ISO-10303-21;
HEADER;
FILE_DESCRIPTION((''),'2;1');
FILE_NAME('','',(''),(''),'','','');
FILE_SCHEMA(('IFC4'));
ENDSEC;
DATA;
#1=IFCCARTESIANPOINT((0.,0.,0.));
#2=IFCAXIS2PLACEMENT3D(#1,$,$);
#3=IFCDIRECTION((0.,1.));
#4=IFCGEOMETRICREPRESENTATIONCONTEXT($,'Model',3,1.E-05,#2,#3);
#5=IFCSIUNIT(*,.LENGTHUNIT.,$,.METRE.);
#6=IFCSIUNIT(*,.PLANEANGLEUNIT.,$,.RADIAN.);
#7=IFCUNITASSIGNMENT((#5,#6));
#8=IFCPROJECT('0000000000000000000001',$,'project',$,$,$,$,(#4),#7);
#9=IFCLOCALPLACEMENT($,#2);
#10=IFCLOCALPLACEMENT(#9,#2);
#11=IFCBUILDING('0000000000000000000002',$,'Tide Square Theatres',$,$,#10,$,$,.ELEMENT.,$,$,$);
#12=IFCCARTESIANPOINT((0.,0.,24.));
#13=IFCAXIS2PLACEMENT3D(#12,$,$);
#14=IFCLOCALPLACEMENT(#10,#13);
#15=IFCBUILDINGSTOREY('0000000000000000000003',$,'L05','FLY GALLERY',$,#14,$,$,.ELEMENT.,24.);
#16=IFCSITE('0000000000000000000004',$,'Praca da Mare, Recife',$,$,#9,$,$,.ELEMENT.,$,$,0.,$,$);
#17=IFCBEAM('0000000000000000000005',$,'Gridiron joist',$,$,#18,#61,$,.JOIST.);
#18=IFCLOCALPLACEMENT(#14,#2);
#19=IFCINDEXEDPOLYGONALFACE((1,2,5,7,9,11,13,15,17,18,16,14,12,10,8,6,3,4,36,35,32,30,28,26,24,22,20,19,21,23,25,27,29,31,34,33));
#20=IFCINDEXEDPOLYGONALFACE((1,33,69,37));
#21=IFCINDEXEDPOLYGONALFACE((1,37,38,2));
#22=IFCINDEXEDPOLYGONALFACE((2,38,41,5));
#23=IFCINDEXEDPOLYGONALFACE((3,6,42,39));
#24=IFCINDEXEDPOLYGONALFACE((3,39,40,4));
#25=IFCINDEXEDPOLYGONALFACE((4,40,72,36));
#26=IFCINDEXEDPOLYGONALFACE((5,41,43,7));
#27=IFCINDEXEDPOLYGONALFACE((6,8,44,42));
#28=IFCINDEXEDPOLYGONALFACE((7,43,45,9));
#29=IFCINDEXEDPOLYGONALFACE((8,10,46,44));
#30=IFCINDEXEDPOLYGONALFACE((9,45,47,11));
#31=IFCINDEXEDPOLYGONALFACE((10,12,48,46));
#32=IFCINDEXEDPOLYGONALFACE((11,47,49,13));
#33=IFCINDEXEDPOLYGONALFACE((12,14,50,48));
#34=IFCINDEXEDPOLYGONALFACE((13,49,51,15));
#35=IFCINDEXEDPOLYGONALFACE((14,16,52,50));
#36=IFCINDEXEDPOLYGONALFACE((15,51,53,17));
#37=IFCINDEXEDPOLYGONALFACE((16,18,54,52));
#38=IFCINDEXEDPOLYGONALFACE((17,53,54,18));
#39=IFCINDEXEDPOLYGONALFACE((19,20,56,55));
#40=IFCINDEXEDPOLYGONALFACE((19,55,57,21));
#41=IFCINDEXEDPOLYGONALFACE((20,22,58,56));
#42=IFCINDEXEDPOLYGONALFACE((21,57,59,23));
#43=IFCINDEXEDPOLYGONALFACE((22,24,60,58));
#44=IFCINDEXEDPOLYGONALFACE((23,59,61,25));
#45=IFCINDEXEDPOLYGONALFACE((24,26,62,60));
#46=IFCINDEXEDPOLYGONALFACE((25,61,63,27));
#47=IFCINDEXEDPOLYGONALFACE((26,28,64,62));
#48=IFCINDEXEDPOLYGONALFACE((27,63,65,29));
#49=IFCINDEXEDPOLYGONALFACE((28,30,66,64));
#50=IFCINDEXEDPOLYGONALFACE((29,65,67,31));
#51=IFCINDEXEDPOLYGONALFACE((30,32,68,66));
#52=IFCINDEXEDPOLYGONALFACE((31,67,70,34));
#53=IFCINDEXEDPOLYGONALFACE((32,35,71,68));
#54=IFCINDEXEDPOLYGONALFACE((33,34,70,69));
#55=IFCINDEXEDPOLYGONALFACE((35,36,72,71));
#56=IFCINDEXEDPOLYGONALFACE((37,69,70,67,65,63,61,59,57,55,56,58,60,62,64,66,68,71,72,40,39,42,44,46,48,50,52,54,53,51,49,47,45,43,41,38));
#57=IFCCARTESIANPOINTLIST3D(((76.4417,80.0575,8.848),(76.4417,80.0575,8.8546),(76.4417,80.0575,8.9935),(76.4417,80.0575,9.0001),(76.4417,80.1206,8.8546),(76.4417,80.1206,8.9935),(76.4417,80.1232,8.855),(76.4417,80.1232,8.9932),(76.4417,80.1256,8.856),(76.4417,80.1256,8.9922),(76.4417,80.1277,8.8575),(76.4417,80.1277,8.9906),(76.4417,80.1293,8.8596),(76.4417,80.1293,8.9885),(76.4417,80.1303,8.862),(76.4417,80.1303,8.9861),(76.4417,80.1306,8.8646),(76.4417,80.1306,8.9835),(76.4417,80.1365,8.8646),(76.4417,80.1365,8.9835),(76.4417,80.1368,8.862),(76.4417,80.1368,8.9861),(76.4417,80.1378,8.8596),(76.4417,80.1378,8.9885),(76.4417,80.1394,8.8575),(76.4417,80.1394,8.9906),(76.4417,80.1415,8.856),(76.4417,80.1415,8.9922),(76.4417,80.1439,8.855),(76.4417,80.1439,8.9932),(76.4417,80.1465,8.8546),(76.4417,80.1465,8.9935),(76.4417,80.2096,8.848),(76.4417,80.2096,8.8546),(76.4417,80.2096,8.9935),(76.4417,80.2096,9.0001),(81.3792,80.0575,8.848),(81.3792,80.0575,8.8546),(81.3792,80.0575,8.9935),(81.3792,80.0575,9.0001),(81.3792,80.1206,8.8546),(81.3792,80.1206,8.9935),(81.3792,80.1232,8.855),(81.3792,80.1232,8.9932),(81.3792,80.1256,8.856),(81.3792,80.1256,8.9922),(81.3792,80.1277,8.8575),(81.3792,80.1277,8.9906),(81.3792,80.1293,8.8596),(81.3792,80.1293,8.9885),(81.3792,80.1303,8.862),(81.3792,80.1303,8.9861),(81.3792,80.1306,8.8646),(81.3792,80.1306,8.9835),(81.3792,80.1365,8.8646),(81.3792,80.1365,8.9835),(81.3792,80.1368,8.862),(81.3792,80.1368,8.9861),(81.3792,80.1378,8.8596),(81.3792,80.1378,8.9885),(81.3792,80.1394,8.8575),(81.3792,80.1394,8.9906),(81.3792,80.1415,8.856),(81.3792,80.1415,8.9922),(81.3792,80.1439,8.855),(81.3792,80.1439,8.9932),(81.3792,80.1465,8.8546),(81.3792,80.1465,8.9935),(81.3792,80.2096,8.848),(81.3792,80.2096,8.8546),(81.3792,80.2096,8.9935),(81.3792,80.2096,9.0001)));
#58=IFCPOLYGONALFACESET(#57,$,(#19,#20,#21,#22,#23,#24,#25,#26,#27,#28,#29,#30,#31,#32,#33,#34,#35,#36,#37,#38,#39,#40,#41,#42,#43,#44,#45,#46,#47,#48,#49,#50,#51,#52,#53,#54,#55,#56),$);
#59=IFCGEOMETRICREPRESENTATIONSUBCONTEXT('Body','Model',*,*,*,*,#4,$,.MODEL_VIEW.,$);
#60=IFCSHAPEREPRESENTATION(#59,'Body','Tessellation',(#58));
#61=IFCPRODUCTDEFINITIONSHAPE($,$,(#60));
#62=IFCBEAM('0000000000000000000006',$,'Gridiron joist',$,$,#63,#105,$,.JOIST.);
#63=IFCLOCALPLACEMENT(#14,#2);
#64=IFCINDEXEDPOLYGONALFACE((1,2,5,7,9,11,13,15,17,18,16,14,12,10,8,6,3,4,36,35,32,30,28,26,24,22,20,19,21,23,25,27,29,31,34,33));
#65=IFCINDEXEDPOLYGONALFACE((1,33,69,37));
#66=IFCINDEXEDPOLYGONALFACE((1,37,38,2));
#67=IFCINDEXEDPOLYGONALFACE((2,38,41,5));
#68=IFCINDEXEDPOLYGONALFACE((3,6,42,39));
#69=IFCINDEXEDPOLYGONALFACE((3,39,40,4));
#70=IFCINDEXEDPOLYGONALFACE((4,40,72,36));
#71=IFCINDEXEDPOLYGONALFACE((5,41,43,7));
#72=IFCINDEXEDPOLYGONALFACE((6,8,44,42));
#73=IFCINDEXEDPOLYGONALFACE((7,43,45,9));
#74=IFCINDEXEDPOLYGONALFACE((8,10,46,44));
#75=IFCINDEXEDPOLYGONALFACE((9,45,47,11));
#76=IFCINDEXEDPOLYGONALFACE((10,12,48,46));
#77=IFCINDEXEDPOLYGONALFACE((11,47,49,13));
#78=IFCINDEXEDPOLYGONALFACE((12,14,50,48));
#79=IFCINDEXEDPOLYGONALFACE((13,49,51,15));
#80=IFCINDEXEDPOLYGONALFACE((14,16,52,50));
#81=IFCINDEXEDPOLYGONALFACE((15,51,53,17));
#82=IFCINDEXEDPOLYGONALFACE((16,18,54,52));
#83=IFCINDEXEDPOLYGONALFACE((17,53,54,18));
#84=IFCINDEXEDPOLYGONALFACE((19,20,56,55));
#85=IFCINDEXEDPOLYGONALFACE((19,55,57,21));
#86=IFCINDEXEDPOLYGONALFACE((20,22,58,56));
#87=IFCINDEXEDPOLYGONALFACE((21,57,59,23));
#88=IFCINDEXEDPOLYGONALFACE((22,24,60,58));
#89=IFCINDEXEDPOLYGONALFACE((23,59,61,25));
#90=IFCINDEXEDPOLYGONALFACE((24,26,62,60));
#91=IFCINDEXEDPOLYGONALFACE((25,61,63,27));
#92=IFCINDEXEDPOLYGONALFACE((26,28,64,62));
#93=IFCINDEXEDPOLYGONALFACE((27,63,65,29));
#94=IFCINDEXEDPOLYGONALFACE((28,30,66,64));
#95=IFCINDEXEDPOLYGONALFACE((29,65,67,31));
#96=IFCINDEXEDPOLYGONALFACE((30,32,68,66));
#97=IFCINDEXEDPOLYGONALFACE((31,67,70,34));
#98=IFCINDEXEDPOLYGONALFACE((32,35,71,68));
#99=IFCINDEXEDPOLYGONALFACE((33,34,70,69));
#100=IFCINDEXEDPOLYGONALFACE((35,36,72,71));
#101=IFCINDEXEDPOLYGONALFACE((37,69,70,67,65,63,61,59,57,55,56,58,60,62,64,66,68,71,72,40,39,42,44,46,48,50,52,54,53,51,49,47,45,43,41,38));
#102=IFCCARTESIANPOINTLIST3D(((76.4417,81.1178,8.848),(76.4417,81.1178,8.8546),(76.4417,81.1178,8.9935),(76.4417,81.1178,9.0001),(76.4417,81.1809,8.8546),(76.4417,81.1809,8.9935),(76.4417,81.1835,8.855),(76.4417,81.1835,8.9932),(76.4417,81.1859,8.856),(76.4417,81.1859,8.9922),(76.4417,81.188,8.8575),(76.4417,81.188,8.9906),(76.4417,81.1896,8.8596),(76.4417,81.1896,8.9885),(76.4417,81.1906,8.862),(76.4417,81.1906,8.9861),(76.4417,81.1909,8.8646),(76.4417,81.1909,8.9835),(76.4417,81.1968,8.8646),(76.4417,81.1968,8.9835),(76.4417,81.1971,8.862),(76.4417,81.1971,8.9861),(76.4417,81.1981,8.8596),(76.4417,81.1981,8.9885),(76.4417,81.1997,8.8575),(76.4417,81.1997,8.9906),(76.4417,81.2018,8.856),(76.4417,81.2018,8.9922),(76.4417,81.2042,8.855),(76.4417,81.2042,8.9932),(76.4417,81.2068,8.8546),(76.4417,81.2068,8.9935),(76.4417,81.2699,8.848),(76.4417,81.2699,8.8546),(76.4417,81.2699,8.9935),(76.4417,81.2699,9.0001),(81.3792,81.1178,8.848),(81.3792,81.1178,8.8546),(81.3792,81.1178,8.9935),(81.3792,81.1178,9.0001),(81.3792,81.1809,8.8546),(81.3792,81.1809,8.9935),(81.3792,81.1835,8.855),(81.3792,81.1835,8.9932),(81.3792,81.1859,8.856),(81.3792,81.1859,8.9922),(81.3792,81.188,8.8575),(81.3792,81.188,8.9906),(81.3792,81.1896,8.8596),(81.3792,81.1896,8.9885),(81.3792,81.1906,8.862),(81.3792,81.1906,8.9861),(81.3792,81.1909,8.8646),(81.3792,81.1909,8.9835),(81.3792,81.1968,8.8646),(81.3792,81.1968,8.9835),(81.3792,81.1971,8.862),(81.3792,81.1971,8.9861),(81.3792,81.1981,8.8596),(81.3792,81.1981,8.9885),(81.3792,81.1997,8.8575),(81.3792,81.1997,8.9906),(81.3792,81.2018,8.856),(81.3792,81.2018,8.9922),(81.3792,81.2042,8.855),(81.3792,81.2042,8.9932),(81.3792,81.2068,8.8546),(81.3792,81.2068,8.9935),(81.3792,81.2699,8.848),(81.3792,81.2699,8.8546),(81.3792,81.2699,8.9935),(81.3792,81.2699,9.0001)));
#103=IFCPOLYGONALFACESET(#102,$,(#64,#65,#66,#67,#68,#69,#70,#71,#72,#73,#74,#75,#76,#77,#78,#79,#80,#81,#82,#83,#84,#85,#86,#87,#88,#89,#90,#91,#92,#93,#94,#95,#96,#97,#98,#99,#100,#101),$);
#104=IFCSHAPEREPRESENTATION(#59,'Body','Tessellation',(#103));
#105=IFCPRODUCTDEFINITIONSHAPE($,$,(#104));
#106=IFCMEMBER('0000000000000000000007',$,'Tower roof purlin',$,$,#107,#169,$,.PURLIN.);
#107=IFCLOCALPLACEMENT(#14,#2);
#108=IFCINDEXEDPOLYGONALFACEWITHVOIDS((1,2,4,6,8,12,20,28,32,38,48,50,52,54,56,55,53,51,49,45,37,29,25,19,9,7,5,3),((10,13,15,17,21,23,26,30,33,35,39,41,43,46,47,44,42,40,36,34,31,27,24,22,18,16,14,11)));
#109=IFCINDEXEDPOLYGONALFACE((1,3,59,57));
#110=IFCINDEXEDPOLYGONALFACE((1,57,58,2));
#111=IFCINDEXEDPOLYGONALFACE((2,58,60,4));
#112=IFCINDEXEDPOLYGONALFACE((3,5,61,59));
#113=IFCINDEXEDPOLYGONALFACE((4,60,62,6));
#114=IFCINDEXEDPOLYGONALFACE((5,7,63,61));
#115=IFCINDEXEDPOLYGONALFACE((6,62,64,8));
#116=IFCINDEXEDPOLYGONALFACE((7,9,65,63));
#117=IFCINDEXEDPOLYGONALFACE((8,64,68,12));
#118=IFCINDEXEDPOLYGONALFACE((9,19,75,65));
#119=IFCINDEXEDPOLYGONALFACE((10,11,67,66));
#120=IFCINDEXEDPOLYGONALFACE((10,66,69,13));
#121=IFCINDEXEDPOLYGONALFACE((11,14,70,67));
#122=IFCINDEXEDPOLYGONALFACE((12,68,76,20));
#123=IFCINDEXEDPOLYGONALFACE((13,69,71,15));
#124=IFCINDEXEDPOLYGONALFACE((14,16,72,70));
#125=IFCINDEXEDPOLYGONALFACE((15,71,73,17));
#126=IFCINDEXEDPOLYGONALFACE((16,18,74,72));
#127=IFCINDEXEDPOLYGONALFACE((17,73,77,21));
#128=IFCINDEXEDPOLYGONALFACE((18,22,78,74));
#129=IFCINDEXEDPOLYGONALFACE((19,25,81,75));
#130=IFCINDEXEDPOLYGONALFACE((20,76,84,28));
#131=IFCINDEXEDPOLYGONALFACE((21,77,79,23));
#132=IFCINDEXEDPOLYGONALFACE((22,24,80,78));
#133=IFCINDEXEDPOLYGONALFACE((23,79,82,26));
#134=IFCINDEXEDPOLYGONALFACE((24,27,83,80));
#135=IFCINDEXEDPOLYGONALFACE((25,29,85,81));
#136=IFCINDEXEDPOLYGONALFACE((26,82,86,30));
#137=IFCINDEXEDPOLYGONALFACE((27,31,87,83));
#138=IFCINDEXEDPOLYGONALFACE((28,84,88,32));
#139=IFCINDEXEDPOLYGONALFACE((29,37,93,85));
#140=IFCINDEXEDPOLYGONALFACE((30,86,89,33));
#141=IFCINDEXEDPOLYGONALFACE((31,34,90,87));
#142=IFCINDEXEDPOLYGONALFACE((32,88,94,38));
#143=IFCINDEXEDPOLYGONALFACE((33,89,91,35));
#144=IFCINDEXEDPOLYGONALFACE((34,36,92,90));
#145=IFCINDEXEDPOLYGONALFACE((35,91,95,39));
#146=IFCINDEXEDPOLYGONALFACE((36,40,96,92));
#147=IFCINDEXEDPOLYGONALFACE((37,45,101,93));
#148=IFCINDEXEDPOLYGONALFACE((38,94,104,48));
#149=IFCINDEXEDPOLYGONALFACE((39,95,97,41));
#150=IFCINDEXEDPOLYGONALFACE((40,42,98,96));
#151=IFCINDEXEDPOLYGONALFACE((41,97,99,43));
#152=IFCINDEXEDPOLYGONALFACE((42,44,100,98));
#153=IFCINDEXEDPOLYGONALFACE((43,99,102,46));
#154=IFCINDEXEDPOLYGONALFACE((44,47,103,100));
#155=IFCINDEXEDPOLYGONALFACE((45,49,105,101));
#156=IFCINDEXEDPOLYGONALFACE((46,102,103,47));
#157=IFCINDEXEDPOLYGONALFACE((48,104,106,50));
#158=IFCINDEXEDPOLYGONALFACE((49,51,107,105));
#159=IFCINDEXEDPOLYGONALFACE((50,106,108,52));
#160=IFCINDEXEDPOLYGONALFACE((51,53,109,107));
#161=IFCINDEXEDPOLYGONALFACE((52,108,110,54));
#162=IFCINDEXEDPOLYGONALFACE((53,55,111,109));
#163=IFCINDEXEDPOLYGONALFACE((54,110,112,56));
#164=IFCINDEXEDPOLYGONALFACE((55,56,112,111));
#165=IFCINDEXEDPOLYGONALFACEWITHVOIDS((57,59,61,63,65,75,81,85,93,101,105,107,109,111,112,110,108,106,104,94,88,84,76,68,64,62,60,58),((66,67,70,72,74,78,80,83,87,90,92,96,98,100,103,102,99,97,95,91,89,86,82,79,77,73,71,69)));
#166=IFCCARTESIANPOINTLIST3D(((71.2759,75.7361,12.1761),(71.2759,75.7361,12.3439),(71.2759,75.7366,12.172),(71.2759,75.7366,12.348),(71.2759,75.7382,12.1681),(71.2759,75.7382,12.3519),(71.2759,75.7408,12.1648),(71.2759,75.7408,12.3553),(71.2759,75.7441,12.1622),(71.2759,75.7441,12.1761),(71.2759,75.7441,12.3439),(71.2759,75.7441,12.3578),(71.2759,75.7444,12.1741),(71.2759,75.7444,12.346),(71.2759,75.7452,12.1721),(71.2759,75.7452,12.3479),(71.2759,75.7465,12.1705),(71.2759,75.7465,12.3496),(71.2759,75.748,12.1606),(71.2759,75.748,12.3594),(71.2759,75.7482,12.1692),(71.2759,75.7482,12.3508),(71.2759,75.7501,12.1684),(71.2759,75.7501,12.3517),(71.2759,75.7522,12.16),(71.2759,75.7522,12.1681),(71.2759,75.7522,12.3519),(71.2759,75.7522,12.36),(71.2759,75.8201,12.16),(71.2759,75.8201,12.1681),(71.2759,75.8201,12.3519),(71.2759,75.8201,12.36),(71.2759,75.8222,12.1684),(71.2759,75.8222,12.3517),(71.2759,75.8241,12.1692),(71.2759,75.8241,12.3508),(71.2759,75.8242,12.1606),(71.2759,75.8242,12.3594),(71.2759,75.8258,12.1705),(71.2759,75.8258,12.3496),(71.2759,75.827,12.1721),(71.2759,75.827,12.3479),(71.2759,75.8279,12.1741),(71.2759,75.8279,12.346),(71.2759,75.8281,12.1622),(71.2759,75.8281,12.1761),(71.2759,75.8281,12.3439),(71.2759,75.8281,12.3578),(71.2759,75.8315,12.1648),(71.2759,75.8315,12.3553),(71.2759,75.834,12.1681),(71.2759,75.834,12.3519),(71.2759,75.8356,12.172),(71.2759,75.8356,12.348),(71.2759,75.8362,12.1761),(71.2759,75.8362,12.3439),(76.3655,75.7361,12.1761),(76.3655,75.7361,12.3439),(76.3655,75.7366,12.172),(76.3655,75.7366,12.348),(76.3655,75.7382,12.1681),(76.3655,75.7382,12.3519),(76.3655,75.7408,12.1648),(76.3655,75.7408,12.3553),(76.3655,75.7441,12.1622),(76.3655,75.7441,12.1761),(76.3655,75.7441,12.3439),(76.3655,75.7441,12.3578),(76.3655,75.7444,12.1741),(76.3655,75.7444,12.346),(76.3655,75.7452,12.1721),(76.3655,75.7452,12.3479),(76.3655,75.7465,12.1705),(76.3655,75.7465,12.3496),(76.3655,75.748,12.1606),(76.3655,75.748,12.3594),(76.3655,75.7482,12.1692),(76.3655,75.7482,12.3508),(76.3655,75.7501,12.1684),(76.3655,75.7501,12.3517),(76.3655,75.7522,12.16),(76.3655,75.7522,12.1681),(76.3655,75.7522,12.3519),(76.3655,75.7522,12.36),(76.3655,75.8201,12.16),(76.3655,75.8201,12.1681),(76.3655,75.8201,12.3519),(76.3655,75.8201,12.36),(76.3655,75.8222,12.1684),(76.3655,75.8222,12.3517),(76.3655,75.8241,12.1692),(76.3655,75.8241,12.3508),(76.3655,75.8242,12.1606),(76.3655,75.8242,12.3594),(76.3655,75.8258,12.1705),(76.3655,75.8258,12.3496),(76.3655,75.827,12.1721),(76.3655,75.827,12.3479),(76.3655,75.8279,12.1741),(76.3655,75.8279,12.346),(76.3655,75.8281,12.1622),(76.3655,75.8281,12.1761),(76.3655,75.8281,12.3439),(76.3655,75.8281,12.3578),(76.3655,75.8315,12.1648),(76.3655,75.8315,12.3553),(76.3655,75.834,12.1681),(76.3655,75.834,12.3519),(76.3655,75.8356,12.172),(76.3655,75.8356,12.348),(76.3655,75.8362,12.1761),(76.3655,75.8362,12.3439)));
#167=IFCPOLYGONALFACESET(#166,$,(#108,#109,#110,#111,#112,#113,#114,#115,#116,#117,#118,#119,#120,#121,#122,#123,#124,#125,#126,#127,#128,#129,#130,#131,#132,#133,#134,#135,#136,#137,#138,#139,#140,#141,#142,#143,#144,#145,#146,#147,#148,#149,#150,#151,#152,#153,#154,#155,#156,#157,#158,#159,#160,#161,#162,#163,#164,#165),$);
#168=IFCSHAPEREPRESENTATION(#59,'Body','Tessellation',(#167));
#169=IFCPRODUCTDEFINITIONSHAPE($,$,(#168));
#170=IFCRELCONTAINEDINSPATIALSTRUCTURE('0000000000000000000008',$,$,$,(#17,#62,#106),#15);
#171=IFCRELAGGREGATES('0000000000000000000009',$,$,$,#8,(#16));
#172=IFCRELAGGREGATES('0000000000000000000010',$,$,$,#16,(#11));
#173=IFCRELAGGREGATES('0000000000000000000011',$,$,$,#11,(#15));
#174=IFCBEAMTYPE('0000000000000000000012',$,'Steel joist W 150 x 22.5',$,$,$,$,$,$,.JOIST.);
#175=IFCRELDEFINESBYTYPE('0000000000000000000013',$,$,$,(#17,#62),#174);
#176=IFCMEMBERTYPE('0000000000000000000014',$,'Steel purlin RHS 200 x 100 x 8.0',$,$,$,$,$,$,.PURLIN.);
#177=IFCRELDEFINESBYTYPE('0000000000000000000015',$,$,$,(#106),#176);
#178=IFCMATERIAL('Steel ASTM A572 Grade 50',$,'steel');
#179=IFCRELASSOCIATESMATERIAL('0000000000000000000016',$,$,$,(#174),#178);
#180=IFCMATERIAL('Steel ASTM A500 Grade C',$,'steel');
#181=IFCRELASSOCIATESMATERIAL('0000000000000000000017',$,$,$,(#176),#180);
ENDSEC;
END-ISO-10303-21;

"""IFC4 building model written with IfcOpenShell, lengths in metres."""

from ifc_helpers import new_model, si_unit, direction, frame, origin, origin_2d, place, context, subcontext, project, spatial, hollow_rectangle, i_section, extrude, material, material_profile, profile_set, type_object, element, save


model = new_model("IFC4")

# Units and contexts
model_context = context("Model", 3, precision=1e-05, world=origin(), true_north=direction((0.0, 1.0)))
body_context = subcontext(model_context, "Body", "Model", "MODEL_VIEW")
ifc_project = project(units=[si_unit("LENGTHUNIT", "METRE"), si_unit("PLANEANGLEUNIT", "RADIAN")], contexts=[model_context])

# Site, building, storey
site_placement = place(None, origin())
site = spatial("IfcSite", under=ifc_project, at=site_placement, Name="Praca da Mare, Recife", CompositionType="ELEMENT", RefElevation=0.0)
building_placement = place(site_placement, origin())
building = spatial("IfcBuilding", under=site, at=building_placement, Name="Tide Square Theatres", CompositionType="ELEMENT")
storey_placement = place(building_placement, frame((0.0, 0.0, 24.0)))
storey = spatial("IfcBuildingStorey", under=building, at=storey_placement, Name="L05", Description="FLY GALLERY", CompositionType="ELEMENT", Elevation=24.0)

# Beams
ifc_material_1 = material(Name="Steel ASTM A572 Grade 50", Category="steel")
ifc_material_profile_1 = material_profile(ifc_material_1, i_section(OverallWidth=0.1521, OverallDepth=0.1521, WebThickness=0.0059, FlangeThickness=0.0066, FilletRadius=0.01, at=origin_2d()))
ifc_profile_set_1 = profile_set([ifc_material_profile_1], Name="Steel ASTM A572 Grade 50")
beam_type_1 = type_object("IfcBeamType", Name="Steel joist W 150 x 22.5", PredefinedType="JOIST", material=ifc_profile_set_1)
for number, where, z_axis, x_axis, name in (
    (1, (76.4417, 80.1335, 8.9241), (1.0, 0.0, 0.0), (0.0, 1.0, 0.0), "Gridiron joist"),
    (2, (76.4417, 81.1938, 8.9241), (1.0, 0.0, 0.0), (0.0, 1.0, 0.0), "Gridiron joist"),
):
    element("IfcBeam", number, at=place(storey_placement, frame(where, z_axis=z_axis, x_axis=x_axis)), inside=storey, type_object=beam_type_1, Name=name, PredefinedType="JOIST", context=body_context, shape_type="SweptSolid", body=[
        extrude(i_section(OverallWidth=0.1521, OverallDepth=0.1521, WebThickness=0.0059, FlangeThickness=0.0066, FilletRadius=0.01, at=origin_2d()), origin(), (0.0, 0.0, 1.0), 4.9375),
    ])

# Member
ifc_material_2 = material(Name="Steel ASTM A500 Grade C", Category="steel")
ifc_material_profile_2 = material_profile(ifc_material_2, hollow_rectangle(XDim=0.1001, YDim=0.2, WallThickness=0.0081, InnerFilletRadius=0.0081, OuterFilletRadius=0.0161, at=origin_2d()))
ifc_profile_set_2 = profile_set([ifc_material_profile_2], Name="Steel ASTM A500 Grade C")
member_type = type_object("IfcMemberType", Name="Steel purlin RHS 200 x 100 x 8.0", PredefinedType="PURLIN", material=ifc_profile_set_2)
for number, where, z_axis, x_axis, name in (
    (3, (71.2759, 75.7861, 12.26), (1.0, 0.0, 0.0), (0.0, 1.0, 0.0), "Tower roof purlin"),
):
    element("IfcMember", number, at=place(storey_placement, frame(where, z_axis=z_axis, x_axis=x_axis)), inside=storey, type_object=member_type, Name=name, PredefinedType="PURLIN", context=body_context, shape_type="SweptSolid", body=[
        extrude(hollow_rectangle(XDim=0.1001, YDim=0.2, WallThickness=0.0081, InnerFilletRadius=0.0081, OuterFilletRadius=0.0161, at=origin_2d()), origin(), (0.0, 0.0, 1.0), 5.0896),
    ])

save(model, "model.ifc")
